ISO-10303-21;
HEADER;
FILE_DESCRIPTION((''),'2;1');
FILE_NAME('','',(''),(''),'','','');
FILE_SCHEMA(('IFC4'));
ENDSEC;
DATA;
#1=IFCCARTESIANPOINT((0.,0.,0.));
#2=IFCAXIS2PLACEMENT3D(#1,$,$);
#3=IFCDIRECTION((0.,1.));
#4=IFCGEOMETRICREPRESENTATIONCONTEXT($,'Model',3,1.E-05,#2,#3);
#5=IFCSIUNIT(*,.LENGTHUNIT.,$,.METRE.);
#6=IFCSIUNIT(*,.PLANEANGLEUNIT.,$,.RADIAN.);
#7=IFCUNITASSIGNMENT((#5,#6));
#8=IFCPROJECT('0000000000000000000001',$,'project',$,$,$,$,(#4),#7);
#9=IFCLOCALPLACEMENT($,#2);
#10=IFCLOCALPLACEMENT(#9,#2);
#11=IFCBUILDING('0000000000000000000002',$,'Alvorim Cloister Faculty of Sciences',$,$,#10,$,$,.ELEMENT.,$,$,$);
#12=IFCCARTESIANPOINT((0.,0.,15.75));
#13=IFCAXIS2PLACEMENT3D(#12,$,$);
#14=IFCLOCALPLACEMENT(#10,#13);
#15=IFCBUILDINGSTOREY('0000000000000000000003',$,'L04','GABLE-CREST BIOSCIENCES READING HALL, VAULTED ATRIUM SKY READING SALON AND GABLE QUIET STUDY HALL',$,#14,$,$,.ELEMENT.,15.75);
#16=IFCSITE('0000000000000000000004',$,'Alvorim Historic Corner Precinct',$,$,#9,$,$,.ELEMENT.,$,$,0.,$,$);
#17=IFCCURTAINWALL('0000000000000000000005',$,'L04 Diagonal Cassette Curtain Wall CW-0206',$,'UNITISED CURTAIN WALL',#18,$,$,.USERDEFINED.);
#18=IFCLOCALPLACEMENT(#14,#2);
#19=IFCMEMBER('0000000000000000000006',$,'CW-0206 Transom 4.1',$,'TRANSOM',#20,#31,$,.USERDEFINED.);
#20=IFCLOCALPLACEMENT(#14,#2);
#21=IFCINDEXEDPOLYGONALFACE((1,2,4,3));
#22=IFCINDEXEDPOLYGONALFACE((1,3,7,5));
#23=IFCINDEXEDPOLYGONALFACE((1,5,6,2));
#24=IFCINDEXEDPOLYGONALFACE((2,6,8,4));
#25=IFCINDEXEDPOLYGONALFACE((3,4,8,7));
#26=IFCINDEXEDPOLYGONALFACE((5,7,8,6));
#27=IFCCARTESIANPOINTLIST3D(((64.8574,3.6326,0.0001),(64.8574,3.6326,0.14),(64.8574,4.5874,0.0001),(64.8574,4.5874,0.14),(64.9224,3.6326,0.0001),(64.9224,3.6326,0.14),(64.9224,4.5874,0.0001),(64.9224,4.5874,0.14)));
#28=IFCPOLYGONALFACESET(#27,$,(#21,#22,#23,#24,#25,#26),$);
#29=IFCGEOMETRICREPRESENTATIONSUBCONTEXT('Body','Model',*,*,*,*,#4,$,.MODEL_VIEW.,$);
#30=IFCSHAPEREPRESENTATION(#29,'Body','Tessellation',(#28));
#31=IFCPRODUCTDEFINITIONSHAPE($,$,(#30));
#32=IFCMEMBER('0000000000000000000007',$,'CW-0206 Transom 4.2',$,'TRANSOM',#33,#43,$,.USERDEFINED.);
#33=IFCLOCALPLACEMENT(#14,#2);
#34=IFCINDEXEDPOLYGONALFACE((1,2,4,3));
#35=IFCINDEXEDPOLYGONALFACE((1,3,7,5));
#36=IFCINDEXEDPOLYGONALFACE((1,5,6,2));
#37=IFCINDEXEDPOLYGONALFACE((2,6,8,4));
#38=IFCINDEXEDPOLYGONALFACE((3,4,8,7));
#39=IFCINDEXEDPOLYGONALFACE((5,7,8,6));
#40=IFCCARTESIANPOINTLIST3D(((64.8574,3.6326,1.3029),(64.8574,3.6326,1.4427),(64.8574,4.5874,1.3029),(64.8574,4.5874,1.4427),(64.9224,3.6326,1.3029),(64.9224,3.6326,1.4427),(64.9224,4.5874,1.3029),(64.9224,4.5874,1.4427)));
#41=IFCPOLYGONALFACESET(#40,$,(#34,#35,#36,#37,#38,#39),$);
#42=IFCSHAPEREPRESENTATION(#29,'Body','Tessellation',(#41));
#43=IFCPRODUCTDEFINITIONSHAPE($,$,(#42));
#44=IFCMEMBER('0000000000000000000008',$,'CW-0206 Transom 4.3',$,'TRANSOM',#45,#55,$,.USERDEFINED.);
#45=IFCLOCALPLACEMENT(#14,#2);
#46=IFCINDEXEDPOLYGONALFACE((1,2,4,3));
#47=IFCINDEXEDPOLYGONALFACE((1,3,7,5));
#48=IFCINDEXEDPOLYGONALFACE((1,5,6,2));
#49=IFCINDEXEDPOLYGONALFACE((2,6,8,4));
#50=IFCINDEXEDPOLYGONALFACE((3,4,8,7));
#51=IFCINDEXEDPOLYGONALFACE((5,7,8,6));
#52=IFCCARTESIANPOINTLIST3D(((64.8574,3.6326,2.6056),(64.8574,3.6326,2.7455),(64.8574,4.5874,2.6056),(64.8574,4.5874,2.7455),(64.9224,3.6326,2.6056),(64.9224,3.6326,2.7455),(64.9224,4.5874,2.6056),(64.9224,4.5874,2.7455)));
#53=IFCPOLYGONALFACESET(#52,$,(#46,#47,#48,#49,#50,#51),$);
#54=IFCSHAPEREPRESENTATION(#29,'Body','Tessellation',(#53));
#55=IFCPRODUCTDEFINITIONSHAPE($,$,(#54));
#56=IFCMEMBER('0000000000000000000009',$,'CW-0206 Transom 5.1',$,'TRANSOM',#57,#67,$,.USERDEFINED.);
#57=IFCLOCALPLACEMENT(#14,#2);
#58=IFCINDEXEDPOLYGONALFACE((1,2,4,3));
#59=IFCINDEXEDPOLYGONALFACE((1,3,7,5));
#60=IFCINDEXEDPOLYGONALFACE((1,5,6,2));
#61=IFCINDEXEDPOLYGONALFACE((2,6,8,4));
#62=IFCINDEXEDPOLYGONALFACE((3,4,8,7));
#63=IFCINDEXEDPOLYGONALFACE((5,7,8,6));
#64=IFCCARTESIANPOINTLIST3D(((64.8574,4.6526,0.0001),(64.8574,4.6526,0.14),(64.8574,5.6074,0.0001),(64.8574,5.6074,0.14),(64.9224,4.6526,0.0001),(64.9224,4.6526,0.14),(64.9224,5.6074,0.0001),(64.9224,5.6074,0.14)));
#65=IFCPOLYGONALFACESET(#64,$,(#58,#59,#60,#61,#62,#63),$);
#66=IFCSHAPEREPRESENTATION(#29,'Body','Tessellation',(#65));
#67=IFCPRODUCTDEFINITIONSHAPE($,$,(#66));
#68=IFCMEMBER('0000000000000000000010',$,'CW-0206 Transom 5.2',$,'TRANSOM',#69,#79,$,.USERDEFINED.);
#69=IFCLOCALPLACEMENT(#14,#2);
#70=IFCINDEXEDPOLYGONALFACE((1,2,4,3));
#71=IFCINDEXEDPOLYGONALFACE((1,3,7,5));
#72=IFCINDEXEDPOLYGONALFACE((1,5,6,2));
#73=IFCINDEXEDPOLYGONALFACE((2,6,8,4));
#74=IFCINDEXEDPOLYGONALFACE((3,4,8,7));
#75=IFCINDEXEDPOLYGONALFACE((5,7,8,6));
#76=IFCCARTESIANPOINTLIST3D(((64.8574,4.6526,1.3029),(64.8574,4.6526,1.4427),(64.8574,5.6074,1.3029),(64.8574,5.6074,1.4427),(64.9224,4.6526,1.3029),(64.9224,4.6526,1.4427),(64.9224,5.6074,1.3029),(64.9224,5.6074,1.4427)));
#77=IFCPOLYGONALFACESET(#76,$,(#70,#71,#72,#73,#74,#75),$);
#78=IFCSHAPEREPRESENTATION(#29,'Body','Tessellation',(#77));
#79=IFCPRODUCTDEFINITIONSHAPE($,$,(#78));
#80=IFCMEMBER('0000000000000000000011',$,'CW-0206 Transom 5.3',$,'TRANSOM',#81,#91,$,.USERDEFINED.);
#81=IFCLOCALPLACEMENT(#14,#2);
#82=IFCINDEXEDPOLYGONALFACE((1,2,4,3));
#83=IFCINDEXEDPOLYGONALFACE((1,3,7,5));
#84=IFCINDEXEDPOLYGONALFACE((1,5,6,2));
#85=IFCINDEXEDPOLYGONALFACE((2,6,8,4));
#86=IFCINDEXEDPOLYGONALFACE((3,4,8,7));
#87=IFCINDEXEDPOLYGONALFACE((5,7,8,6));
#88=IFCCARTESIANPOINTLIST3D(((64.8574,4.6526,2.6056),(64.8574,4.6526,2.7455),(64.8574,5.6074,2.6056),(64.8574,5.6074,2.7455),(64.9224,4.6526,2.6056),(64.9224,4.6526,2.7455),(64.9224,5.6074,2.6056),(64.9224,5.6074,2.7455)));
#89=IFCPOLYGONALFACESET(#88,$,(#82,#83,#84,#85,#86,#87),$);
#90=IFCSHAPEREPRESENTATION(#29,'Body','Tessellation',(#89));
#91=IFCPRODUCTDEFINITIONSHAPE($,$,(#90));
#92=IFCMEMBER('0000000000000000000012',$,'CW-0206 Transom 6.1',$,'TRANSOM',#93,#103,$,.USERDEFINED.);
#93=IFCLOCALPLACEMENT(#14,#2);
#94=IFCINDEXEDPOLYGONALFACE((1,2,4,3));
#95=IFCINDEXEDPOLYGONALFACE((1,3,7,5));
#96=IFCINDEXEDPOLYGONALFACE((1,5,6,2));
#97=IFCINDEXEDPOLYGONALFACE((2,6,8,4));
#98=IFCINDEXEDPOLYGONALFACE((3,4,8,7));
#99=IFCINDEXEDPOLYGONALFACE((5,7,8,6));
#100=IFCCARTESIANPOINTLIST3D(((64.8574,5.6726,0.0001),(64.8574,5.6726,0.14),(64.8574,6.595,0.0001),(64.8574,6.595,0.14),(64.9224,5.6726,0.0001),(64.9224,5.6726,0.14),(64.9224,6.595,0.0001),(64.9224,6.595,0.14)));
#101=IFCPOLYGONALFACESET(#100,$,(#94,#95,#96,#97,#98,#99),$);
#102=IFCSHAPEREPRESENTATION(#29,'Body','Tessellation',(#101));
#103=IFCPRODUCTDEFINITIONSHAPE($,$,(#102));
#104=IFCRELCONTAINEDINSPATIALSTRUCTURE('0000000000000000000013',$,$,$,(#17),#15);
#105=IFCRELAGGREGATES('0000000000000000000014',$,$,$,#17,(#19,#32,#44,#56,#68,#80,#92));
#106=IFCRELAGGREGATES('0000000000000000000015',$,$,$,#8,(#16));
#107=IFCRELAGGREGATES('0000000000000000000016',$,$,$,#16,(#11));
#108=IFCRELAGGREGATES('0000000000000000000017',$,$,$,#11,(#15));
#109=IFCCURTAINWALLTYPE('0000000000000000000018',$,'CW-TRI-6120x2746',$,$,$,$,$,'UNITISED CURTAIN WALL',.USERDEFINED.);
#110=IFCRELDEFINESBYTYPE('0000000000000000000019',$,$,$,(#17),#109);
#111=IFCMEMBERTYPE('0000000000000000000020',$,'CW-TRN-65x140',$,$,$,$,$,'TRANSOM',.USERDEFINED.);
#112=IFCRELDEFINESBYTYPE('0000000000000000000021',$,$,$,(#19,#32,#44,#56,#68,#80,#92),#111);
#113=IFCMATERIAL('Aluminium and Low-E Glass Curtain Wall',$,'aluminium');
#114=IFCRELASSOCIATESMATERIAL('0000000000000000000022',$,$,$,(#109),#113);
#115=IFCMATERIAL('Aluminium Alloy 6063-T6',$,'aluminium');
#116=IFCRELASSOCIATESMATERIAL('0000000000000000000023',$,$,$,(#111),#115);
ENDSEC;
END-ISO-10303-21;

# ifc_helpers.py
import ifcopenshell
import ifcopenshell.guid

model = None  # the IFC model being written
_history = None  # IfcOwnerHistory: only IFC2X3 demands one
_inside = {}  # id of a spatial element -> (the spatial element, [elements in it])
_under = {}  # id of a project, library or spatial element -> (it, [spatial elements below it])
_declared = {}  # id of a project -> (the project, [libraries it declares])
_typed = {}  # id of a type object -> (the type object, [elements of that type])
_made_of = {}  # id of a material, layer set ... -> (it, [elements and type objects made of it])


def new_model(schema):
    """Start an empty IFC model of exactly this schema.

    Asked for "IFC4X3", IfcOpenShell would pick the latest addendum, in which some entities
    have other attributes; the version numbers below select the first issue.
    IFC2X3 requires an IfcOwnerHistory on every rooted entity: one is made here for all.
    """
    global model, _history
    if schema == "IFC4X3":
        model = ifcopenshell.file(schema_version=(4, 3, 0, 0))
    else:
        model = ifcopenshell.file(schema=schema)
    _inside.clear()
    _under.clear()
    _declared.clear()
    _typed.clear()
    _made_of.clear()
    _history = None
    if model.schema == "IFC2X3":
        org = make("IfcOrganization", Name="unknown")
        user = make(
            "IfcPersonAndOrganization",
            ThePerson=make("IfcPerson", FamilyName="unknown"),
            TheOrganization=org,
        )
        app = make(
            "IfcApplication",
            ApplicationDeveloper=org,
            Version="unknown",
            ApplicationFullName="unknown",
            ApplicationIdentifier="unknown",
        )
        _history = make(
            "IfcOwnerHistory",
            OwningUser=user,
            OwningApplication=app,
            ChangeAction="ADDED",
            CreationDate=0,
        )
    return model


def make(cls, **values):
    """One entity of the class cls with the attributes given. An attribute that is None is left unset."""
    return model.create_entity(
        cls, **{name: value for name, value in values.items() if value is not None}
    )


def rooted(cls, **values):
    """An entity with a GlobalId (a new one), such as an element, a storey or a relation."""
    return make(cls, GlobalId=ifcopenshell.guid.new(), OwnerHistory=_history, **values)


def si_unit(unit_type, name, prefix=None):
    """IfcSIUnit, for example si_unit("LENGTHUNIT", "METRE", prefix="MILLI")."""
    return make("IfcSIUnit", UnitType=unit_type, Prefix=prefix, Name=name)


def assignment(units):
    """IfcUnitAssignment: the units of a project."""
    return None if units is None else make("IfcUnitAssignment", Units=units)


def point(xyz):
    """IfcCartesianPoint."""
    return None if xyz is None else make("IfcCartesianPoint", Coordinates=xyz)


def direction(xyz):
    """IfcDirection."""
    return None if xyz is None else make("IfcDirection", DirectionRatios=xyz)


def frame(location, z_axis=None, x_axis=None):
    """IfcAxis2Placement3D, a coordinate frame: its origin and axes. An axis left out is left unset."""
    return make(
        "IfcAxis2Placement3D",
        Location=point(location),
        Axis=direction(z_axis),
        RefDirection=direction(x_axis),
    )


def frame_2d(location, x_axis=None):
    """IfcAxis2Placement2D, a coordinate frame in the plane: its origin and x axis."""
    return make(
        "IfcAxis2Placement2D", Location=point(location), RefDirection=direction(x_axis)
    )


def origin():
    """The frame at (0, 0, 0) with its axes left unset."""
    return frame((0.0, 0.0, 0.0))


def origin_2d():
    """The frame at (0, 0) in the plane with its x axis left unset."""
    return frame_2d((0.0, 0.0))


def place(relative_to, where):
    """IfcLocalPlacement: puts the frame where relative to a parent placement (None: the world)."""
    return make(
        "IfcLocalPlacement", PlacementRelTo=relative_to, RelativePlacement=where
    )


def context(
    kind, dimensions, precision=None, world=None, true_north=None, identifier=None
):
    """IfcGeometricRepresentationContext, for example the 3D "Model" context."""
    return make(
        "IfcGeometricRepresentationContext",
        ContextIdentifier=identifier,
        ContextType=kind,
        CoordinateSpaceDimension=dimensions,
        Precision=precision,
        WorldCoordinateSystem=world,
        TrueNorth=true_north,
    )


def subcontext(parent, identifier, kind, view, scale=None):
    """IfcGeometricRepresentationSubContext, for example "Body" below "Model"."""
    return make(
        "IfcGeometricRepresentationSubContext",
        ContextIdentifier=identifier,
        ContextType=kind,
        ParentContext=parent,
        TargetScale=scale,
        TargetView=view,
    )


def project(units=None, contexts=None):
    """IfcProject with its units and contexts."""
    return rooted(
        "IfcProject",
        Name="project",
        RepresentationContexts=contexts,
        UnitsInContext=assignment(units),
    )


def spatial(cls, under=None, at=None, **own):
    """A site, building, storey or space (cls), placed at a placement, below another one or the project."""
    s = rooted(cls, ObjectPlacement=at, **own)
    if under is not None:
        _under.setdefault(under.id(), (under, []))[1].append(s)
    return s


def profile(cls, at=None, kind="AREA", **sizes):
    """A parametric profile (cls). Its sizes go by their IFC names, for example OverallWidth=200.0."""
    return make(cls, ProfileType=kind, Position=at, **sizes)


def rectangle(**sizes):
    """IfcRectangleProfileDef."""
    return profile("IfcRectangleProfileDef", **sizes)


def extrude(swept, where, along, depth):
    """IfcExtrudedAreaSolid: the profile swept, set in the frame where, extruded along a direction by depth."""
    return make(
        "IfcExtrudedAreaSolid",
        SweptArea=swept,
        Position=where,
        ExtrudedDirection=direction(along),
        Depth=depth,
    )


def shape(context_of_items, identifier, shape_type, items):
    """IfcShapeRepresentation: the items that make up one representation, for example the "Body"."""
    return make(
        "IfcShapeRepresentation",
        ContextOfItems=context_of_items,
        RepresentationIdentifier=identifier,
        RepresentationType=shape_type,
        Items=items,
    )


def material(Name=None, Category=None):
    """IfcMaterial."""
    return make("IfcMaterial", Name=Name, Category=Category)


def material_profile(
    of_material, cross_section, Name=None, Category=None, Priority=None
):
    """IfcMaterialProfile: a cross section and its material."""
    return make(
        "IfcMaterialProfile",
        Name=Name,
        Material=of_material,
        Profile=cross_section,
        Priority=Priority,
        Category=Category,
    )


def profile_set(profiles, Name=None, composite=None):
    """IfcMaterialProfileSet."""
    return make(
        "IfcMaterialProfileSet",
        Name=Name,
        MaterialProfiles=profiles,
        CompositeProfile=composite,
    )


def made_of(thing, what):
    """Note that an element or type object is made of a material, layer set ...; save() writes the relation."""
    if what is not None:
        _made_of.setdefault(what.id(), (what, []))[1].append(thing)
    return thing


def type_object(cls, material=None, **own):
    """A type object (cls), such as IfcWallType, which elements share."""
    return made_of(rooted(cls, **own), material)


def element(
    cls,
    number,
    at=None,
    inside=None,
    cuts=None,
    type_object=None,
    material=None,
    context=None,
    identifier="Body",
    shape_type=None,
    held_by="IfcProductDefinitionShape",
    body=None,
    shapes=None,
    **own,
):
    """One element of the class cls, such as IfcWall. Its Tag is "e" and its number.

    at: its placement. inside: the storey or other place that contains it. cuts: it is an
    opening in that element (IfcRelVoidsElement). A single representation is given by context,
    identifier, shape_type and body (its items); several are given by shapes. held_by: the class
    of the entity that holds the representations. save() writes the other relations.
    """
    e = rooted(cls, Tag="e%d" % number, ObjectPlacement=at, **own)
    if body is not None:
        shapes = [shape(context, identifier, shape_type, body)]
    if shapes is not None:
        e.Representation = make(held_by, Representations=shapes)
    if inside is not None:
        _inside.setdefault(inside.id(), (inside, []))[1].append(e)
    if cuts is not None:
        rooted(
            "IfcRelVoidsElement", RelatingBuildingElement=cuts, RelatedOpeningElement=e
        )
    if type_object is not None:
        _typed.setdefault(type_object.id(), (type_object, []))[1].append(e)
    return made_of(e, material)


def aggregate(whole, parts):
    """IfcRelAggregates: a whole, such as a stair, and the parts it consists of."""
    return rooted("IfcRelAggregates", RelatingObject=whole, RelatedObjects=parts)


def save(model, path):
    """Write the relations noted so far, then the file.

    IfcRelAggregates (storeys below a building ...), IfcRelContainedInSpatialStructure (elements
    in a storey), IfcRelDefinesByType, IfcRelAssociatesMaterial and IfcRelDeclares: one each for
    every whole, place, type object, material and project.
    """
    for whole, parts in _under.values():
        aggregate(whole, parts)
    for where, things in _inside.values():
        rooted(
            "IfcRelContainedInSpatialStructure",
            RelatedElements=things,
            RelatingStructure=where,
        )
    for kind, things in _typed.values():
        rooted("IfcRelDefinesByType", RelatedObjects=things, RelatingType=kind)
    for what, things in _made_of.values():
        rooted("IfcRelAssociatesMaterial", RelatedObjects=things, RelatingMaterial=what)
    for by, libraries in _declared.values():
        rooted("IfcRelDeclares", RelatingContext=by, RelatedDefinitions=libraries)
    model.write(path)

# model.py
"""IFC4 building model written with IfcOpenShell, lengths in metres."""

from ifc_helpers import new_model, si_unit, direction, frame, origin, origin_2d, place, context, subcontext, project, spatial, rectangle, extrude, material, material_profile, profile_set, type_object, element, aggregate, save


model = new_model("IFC4")

# Units and contexts
model_context = context("Model", 3, precision=1e-05, world=origin(), true_north=direction((0.0, 1.0)))
body_context = subcontext(model_context, "Body", "Model", "MODEL_VIEW")
ifc_project = project(units=[si_unit("LENGTHUNIT", "METRE"), si_unit("PLANEANGLEUNIT", "RADIAN")], contexts=[model_context])

# Site, building, storey
site_placement = place(None, origin())
site = spatial("IfcSite", under=ifc_project, at=site_placement, Name="Alvorim Historic Corner Precinct", CompositionType="ELEMENT", RefElevation=0.0)
building_placement = place(site_placement, origin())
building = spatial("IfcBuilding", under=site, at=building_placement, Name="Alvorim Cloister Faculty of Sciences", CompositionType="ELEMENT")
storey_placement = place(building_placement, frame((0.0, 0.0, 15.75)))
storey = spatial("IfcBuildingStorey", under=building, at=storey_placement, Name="L04", Description="GABLE-CREST BIOSCIENCES READING HALL, VAULTED ATRIUM SKY READING SALON AND GABLE QUIET STUDY HALL", CompositionType="ELEMENT", Elevation=15.75)

# Curtain wall, members
ifc_material_1 = material(Name="Aluminium and Low-E Glass Curtain Wall", Category="aluminium")
curtain_wall_type = type_object("IfcCurtainWallType", Name="CW-TRI-6120x2746", ElementType="UNITISED CURTAIN WALL", PredefinedType="USERDEFINED", material=ifc_material_1)
curtain_wall_placement = place(storey_placement, origin())
curtain_wall = element("IfcCurtainWall", 1, at=curtain_wall_placement, inside=storey, type_object=curtain_wall_type, Name="L04 Diagonal Cassette Curtain Wall CW-0206", ObjectType="UNITISED CURTAIN WALL", PredefinedType="USERDEFINED")
ifc_material_2 = material(Name="Aluminium Alloy 6063-T6", Category="aluminium")
ifc_material_profile_1 = material_profile(ifc_material_2, rectangle(XDim=0.0649, YDim=0.1399, at=origin_2d()), Name="ALU-TRN-65x140")
ifc_profile_set_1 = profile_set([ifc_material_profile_1], Name="Aluminium Alloy 6063-T6")
member_type_1 = type_object("IfcMemberType", Name="CW-TRN-65x140", ElementType="TRANSOM", PredefinedType="USERDEFINED", material=ifc_profile_set_1)
member_1_placement = place(storey_placement, frame((64.8899, 3.6326, 0.0701), z_axis=(0.0, 1.0, 0.0), x_axis=(-1.0, 0.0, 0.0)))
member_1 = element("IfcMember", 2, at=member_1_placement, type_object=member_type_1, Name="CW-0206 Transom 4.1", ObjectType="TRANSOM", PredefinedType="USERDEFINED", context=body_context, shape_type="SweptSolid", body=[
    extrude(rectangle(XDim=0.0649, YDim=0.1399, at=origin_2d()), origin(), (0.0, 0.0, 1.0), 0.9548),
])
member_2_placement = place(storey_placement, frame((64.8899, 3.6326, 1.3728), z_axis=(0.0, 1.0, 0.0), x_axis=(-1.0, 0.0, 0.0)))
member_2 = element("IfcMember", 3, at=member_2_placement, type_object=member_type_1, Name="CW-0206 Transom 4.2", ObjectType="TRANSOM", PredefinedType="USERDEFINED", context=body_context, shape_type="SweptSolid", body=[
    extrude(rectangle(XDim=0.0649, YDim=0.1399, at=origin_2d()), origin(), (0.0, 0.0, 1.0), 0.9548),
])
member_3_placement = place(storey_placement, frame((64.8899, 3.6326, 2.6755), z_axis=(0.0, 1.0, 0.0), x_axis=(-1.0, 0.0, 0.0)))
member_3 = element("IfcMember", 4, at=member_3_placement, type_object=member_type_1, Name="CW-0206 Transom 4.3", ObjectType="TRANSOM", PredefinedType="USERDEFINED", context=body_context, shape_type="SweptSolid", body=[
    extrude(rectangle(XDim=0.0649, YDim=0.1399, at=origin_2d()), origin(), (0.0, 0.0, 1.0), 0.9548),
])
member_4_placement = place(storey_placement, frame((64.8899, 4.6526, 0.0701), z_axis=(0.0, 1.0, 0.0), x_axis=(-1.0, 0.0, 0.0)))
member_4 = element("IfcMember", 5, at=member_4_placement, type_object=member_type_1, Name="CW-0206 Transom 5.1", ObjectType="TRANSOM", PredefinedType="USERDEFINED", context=body_context, shape_type="SweptSolid", body=[
    extrude(rectangle(XDim=0.0649, YDim=0.1399, at=origin_2d()), origin(), (0.0, 0.0, 1.0), 0.9548),
])
member_5_placement = place(storey_placement, frame((64.8899, 4.6526, 1.3728), z_axis=(0.0, 1.0, 0.0), x_axis=(-1.0, 0.0, 0.0)))
member_5 = element("IfcMember", 6, at=member_5_placement, type_object=member_type_1, Name="CW-0206 Transom 5.2", ObjectType="TRANSOM", PredefinedType="USERDEFINED", context=body_context, shape_type="SweptSolid", body=[
    extrude(rectangle(XDim=0.0649, YDim=0.1399, at=origin_2d()), origin(), (0.0, 0.0, 1.0), 0.9548),
])
member_6_placement = place(storey_placement, frame((64.8899, 4.6526, 2.6755), z_axis=(0.0, 1.0, 0.0), x_axis=(-1.0, 0.0, 0.0)))
member_6 = element("IfcMember", 7, at=member_6_placement, type_object=member_type_1, Name="CW-0206 Transom 5.3", ObjectType="TRANSOM", PredefinedType="USERDEFINED", context=body_context, shape_type="SweptSolid", body=[
    extrude(rectangle(XDim=0.0649, YDim=0.1399, at=origin_2d()), origin(), (0.0, 0.0, 1.0), 0.9548),
])
member_7_placement = place(storey_placement, frame((64.8899, 5.6726, 0.0701), z_axis=(0.0, 1.0, 0.0), x_axis=(-1.0, 0.0, 0.0)))
member_7 = element("IfcMember", 8, at=member_7_placement, type_object=member_type_1, Name="CW-0206 Transom 6.1", ObjectType="TRANSOM", PredefinedType="USERDEFINED", context=body_context, shape_type="SweptSolid", body=[
    extrude(rectangle(XDim=0.0649, YDim=0.1399, at=origin_2d()), origin(), (0.0, 0.0, 1.0), 0.9224),
])
aggregate(curtain_wall, [member_1, member_2, member_3, member_4, member_5, member_6, member_7])

save(model, "model.ifc")
